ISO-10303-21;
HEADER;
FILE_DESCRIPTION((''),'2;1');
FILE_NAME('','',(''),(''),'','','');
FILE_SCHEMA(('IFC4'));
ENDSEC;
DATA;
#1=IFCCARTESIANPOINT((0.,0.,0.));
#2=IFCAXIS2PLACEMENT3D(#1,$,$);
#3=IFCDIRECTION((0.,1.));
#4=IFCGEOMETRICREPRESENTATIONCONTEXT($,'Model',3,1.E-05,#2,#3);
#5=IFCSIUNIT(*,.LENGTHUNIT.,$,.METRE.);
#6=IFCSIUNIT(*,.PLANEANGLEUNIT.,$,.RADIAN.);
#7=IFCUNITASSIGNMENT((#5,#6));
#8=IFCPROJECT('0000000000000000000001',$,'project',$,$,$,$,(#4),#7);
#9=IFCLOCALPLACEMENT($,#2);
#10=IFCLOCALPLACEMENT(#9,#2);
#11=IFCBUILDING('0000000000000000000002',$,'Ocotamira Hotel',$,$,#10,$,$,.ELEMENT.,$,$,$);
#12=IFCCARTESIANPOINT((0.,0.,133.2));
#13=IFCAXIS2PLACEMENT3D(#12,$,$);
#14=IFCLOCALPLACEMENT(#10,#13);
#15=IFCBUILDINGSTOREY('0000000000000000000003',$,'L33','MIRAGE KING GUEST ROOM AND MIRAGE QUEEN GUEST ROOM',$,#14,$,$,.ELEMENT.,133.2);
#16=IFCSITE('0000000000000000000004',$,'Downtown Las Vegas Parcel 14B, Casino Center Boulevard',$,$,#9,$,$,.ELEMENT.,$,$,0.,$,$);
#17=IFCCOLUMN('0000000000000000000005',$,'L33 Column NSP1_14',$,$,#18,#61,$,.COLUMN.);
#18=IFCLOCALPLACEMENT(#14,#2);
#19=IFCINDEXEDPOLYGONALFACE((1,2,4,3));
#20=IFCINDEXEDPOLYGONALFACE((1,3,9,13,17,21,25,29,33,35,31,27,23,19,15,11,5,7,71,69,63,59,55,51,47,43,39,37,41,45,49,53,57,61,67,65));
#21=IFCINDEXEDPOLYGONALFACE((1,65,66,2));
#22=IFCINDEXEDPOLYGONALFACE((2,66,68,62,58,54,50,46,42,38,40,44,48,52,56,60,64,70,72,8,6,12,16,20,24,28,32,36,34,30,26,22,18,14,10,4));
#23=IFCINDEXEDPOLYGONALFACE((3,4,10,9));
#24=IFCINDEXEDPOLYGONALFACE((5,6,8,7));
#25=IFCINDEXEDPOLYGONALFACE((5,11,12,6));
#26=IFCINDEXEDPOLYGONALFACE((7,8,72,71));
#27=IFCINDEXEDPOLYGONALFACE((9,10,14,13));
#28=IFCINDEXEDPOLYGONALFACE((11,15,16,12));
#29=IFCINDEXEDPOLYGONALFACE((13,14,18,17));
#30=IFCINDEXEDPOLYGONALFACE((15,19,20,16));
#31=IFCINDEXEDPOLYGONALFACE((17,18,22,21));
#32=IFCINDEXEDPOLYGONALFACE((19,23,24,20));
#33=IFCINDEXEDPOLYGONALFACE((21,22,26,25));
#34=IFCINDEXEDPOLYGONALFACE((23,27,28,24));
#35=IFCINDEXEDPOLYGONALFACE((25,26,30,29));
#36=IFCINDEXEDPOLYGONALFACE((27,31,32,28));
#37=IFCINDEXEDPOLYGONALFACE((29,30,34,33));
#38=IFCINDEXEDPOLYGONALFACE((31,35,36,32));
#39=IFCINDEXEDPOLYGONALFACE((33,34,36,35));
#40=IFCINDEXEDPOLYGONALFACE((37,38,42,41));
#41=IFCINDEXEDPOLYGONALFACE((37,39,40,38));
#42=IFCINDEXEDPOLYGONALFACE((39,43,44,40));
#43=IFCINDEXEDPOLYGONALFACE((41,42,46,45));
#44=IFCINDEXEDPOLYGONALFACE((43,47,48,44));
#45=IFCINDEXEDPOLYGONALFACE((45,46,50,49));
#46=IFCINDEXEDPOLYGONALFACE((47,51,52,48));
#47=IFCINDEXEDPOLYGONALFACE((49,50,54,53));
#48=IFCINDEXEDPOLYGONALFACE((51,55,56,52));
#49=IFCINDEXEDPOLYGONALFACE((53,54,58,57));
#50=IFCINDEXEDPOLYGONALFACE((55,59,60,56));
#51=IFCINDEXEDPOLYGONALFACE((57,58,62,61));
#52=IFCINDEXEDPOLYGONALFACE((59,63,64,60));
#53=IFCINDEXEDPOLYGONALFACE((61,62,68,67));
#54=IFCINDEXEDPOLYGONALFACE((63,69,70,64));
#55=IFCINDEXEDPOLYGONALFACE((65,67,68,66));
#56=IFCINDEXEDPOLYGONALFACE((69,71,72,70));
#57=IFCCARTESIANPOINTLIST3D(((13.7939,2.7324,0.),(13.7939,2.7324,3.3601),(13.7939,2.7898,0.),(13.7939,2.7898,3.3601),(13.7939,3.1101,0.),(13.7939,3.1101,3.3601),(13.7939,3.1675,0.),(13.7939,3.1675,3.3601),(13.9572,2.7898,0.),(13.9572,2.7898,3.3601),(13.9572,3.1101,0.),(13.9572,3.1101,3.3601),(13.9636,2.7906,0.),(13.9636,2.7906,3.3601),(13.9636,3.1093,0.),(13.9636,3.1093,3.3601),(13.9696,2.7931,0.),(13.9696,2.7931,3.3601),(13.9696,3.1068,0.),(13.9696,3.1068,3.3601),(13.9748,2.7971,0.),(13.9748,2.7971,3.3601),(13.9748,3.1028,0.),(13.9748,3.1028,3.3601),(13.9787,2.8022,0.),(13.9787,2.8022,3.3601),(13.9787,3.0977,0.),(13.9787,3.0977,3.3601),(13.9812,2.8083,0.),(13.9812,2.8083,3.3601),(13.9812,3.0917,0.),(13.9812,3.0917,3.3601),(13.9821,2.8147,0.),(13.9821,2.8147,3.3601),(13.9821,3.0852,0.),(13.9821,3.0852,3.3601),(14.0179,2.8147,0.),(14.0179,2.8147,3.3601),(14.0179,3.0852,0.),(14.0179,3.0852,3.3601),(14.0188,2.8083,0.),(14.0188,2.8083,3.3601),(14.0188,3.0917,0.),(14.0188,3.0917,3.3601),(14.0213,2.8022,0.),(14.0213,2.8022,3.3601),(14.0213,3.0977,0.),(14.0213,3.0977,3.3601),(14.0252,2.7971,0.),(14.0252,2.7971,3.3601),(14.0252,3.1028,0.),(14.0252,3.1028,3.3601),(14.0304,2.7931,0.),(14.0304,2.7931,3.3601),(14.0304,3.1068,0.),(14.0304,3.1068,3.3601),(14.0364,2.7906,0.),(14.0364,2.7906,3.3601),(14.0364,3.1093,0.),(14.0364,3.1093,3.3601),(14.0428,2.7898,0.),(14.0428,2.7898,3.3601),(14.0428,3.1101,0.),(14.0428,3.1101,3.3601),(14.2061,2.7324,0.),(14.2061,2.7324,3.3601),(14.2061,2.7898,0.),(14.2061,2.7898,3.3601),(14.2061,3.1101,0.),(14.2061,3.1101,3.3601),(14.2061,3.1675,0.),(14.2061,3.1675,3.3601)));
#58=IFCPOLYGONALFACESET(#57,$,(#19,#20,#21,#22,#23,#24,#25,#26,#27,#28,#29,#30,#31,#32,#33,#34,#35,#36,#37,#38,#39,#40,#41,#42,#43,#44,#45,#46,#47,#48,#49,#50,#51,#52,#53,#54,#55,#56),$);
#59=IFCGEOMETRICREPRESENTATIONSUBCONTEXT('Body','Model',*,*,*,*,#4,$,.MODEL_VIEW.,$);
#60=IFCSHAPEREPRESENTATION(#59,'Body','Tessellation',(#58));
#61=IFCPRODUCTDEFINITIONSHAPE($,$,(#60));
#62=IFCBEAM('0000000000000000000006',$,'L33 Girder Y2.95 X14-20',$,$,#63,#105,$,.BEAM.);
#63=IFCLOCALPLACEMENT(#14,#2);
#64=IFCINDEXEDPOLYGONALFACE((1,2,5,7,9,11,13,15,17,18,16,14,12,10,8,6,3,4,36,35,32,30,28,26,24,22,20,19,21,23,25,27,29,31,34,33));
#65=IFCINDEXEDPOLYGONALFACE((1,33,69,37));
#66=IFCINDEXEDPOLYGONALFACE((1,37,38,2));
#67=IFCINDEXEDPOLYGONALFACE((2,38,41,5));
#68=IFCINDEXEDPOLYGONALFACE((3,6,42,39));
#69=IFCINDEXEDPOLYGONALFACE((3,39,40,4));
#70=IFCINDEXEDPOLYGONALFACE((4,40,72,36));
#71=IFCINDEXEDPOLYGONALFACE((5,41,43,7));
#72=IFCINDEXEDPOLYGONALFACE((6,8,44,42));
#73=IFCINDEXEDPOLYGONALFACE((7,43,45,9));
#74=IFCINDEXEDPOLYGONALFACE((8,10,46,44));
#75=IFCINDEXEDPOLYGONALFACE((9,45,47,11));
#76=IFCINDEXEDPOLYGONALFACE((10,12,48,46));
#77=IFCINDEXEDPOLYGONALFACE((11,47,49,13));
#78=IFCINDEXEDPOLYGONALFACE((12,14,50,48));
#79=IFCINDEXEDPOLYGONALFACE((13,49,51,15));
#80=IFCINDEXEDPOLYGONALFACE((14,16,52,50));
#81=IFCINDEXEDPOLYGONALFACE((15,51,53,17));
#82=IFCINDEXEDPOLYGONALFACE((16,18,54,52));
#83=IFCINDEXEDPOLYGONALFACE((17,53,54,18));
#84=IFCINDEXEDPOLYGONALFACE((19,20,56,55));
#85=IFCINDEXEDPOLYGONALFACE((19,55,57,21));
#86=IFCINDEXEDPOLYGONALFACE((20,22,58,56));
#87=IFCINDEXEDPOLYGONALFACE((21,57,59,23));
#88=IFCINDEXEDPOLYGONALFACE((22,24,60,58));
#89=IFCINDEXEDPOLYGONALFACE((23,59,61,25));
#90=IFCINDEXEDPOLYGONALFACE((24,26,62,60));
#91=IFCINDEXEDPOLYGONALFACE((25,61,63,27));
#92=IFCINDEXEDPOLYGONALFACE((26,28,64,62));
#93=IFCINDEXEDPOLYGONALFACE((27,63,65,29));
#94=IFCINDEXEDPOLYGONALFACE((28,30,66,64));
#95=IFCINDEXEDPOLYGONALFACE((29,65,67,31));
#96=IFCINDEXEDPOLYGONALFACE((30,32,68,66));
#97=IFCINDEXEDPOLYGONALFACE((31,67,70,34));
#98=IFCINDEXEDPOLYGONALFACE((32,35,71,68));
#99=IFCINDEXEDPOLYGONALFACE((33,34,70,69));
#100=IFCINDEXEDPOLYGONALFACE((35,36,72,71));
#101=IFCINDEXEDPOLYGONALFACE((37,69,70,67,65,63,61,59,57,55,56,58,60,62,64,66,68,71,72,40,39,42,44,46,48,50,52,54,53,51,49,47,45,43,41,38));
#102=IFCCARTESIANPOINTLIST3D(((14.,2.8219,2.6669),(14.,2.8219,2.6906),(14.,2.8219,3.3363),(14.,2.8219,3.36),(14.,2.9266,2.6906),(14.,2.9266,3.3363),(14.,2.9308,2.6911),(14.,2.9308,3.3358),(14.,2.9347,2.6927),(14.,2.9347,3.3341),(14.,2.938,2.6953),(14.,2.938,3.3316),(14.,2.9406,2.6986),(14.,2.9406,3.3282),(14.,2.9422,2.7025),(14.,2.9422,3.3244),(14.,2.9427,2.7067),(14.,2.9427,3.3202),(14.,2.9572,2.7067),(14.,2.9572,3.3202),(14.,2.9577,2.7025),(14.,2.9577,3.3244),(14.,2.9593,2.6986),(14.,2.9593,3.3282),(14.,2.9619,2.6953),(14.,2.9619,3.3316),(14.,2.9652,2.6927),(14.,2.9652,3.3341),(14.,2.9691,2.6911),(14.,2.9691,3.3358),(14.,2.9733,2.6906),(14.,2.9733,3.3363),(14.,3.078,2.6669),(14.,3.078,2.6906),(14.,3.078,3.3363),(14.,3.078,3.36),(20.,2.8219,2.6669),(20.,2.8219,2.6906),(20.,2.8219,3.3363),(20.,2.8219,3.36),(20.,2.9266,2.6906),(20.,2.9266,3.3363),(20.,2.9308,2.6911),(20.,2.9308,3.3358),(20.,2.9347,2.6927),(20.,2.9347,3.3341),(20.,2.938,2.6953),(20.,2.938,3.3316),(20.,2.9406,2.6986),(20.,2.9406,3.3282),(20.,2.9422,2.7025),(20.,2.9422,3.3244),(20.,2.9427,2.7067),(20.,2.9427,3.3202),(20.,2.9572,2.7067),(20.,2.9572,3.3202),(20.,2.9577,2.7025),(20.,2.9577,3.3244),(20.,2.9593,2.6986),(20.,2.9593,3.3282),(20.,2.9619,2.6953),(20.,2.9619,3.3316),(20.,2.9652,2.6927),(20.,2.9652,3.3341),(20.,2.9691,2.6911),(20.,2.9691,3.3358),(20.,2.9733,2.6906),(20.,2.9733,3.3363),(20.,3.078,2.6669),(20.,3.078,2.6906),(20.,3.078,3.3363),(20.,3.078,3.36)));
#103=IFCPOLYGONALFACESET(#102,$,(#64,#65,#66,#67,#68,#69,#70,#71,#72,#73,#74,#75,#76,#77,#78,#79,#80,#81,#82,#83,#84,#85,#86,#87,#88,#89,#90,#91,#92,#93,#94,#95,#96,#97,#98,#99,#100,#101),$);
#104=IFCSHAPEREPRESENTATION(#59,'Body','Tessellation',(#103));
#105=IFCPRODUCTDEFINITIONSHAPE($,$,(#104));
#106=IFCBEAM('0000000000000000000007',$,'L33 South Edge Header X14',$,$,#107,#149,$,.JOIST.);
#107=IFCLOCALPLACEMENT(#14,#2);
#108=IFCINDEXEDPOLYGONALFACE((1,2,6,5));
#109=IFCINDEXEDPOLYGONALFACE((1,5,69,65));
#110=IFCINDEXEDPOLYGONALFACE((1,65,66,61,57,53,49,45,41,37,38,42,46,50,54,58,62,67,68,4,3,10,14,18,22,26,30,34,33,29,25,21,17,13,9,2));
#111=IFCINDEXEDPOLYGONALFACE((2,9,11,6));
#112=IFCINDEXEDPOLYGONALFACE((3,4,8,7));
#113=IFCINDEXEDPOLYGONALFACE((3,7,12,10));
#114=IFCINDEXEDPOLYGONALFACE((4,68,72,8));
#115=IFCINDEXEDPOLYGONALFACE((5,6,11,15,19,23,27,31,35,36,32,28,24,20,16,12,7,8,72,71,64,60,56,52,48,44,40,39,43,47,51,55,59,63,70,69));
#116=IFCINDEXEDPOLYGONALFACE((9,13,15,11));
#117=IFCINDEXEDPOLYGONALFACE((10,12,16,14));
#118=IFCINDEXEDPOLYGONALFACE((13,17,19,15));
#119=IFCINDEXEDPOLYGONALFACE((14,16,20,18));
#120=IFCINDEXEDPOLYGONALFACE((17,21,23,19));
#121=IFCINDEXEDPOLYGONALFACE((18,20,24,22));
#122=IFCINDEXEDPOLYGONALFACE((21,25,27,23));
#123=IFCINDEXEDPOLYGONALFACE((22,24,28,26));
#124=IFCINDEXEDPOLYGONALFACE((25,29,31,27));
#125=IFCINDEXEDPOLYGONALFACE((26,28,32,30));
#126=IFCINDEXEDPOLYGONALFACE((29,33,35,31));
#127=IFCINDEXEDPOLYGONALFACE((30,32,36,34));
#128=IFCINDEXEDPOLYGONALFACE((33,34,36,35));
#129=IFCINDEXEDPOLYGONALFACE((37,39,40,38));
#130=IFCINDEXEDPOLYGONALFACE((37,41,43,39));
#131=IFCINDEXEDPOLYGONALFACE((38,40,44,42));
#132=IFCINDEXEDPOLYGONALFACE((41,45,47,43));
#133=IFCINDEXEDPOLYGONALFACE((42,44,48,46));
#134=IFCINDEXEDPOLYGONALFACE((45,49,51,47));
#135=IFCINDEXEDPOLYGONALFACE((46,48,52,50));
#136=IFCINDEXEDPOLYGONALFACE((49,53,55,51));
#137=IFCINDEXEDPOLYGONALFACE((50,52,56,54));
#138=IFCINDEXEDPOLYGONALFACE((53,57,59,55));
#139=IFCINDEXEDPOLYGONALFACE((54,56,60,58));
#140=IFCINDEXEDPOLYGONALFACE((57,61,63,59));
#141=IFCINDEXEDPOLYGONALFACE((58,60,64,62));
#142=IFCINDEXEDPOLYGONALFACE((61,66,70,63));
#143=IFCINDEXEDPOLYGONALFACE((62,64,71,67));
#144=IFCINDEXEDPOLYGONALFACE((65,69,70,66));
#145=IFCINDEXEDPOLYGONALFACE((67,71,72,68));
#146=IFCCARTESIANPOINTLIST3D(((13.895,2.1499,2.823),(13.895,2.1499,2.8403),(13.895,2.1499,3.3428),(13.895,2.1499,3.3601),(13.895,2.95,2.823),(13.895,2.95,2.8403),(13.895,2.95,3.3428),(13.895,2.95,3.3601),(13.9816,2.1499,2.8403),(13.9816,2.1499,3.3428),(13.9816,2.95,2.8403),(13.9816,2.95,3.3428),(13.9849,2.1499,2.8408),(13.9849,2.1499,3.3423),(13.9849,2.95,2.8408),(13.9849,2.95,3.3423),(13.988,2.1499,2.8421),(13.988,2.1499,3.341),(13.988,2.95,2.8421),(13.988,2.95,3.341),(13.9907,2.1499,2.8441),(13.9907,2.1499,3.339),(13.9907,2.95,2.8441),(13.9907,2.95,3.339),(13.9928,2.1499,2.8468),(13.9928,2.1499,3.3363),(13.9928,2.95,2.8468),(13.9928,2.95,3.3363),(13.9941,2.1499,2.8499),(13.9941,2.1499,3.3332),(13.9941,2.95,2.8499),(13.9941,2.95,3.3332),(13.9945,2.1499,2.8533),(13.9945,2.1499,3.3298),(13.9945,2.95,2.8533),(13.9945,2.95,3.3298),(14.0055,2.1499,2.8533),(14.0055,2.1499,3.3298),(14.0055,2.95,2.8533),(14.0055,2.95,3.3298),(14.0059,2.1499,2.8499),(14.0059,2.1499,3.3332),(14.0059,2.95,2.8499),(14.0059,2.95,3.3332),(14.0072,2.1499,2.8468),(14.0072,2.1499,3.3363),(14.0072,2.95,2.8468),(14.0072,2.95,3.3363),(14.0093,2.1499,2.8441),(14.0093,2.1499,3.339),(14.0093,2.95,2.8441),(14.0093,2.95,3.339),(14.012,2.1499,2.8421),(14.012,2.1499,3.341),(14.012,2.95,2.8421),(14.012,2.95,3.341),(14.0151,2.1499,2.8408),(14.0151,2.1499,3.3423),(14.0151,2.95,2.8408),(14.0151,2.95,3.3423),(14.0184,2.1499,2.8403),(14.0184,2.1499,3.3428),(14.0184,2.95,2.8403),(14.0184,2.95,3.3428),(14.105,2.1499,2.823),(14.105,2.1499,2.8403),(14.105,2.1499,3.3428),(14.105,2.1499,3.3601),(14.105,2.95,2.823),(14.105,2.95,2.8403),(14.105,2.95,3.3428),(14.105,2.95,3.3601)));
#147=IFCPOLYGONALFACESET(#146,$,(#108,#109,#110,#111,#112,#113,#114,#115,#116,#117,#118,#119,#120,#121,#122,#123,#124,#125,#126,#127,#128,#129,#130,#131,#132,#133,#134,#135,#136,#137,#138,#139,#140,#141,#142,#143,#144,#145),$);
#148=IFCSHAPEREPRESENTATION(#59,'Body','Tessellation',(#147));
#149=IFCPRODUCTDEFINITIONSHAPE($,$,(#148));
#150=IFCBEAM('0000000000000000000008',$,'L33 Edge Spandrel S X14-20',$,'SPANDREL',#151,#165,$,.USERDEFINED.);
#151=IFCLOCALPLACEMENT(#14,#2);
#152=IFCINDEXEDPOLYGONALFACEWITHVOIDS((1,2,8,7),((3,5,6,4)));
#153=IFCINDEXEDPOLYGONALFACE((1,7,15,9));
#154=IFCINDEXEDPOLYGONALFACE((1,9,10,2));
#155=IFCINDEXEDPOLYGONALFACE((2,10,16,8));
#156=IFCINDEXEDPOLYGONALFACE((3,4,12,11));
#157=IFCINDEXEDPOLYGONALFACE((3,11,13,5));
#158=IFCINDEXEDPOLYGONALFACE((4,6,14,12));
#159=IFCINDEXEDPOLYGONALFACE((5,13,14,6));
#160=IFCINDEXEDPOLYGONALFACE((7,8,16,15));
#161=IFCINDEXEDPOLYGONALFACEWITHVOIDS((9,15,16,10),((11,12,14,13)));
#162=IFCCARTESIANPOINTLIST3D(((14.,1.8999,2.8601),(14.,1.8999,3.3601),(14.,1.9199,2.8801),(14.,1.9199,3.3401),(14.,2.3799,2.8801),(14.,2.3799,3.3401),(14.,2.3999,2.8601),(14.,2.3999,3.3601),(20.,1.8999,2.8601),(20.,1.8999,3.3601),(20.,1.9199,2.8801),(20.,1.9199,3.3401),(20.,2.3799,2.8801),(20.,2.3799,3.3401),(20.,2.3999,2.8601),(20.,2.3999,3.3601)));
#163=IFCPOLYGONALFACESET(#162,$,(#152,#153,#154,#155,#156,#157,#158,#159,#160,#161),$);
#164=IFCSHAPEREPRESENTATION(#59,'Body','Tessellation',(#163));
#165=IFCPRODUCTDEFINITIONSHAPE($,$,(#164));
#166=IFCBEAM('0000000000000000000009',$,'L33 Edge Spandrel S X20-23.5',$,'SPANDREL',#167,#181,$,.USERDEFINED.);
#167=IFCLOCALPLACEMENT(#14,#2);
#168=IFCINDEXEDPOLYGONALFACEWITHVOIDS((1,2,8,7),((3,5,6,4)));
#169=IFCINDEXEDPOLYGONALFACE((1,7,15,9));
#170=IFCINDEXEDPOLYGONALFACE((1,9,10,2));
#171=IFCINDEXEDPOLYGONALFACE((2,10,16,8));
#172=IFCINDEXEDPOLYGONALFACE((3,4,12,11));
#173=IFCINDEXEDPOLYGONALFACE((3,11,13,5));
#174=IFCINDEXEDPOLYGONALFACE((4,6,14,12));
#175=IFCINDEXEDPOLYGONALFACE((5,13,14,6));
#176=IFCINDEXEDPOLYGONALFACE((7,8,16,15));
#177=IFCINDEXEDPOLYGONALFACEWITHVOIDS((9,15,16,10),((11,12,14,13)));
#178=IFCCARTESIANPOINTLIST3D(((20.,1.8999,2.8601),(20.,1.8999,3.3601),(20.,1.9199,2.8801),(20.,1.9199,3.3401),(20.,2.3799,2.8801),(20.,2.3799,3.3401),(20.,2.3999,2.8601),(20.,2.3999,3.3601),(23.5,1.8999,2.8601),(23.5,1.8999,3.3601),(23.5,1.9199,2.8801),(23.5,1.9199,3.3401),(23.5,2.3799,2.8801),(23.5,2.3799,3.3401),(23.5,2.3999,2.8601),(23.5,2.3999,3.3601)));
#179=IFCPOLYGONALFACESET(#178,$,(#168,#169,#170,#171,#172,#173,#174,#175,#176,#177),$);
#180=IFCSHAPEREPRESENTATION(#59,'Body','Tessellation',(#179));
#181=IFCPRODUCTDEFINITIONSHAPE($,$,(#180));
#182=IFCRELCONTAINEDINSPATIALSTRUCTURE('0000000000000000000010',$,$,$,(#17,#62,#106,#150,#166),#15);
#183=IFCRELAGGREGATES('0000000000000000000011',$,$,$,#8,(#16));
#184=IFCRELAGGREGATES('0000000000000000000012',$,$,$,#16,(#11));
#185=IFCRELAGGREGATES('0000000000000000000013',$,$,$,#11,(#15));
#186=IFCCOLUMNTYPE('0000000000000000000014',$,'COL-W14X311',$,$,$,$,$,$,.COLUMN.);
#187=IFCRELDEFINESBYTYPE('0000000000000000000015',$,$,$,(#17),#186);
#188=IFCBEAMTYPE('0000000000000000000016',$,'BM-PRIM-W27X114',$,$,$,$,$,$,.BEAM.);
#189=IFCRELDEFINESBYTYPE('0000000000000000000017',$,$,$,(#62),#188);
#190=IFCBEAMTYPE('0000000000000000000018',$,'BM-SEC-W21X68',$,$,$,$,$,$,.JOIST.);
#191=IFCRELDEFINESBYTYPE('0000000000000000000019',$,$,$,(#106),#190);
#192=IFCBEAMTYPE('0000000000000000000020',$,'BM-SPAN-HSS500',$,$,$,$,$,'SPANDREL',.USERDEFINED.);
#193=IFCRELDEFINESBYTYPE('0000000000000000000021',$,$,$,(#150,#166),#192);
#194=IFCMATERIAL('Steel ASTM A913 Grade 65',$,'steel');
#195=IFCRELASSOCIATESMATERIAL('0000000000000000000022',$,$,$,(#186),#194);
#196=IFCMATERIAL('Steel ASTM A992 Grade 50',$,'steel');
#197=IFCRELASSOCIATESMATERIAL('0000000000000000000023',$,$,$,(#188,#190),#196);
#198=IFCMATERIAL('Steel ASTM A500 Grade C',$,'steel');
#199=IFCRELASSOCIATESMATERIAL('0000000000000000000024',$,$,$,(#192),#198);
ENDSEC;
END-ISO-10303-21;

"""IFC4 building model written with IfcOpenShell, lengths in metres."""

from ifc_helpers import new_model, si_unit, direction, frame, origin, origin_2d, place, context, subcontext, project, spatial, hollow_rectangle, i_section, extrude, source, transform, mapped, material, material_profile, profile_set, type_object, element, save


model = new_model("IFC4")

# Units and contexts
model_context = context("Model", 3, precision=1e-05, world=origin(), true_north=direction((0.0, 1.0)))
body_context = subcontext(model_context, "Body", "Model", "MODEL_VIEW")
ifc_project = project(units=[si_unit("LENGTHUNIT", "METRE"), si_unit("PLANEANGLEUNIT", "RADIAN")], contexts=[model_context])

# Site, building, storey
site_placement = place(None, origin())
site = spatial("IfcSite", under=ifc_project, at=site_placement, Name="Downtown Las Vegas Parcel 14B, Casino Center Boulevard", CompositionType="ELEMENT", RefElevation=0.0)
building_placement = place(site_placement, origin())
building = spatial("IfcBuilding", under=site, at=building_placement, Name="Ocotamira Hotel", CompositionType="ELEMENT")
storey_placement = place(building_placement, frame((0.0, 0.0, 133.2)))
storey = spatial("IfcBuildingStorey", under=building, at=storey_placement, Name="L33", Description="MIRAGE KING GUEST ROOM AND MIRAGE QUEEN GUEST ROOM", CompositionType="ELEMENT", Elevation=133.2)

# Column
ifc_material_1 = material(Name="Steel ASTM A913 Grade 65", Category="steel")
ifc_material_profile_1 = material_profile(ifc_material_1, i_section(OverallWidth=0.4121, OverallDepth=0.4351, WebThickness=0.0359, FlangeThickness=0.0574, FilletRadius=0.0249, at=origin_2d()), Name="W14X311")
ifc_profile_set_1 = profile_set([ifc_material_profile_1], Name="Steel ASTM A913 Grade 65")
column_type = type_object("IfcColumnType", Name="COL-W14X311", PredefinedType="COLUMN", material=ifc_profile_set_1)
shared_shape_1 = source(origin(), body_context, "Body", "SweptSolid", [
    extrude(i_section(OverallWidth=0.4121, OverallDepth=0.4351, WebThickness=0.0359, FlangeThickness=0.0574, FilletRadius=0.0249, at=origin_2d()), origin(), (0.0, 0.0, 1.0), 3.3601),
])
column_placement = place(storey_placement, frame((14.0, 2.95, 0.0), z_axis=(0.0, 0.0, 1.0), x_axis=(1.0, 0.0, 0.0)))
element("IfcColumn", 1, at=column_placement, inside=storey, type_object=column_type, Name="L33 Column NSP1_14", PredefinedType="COLUMN", context=body_context, shape_type="MappedRepresentation", body=[
    mapped(shared_shape_1, transform((0.0, 0.0, 0.0), scale=1.0)),
])

# Beams
ifc_material_2 = material(Name="Steel ASTM A992 Grade 50", Category="steel")
ifc_material_profile_2 = material_profile(ifc_material_2, i_section(OverallWidth=0.2561, OverallDepth=0.6931, WebThickness=0.0144, FlangeThickness=0.0237, FilletRadius=0.0161, at=origin_2d()), Name="W27X114")
ifc_profile_set_2 = profile_set([ifc_material_profile_2], Name="Steel ASTM A992 Grade 50")
beam_type_1 = type_object("IfcBeamType", Name="BM-PRIM-W27X114", PredefinedType="BEAM", material=ifc_profile_set_2)
shared_shape_2 = source(origin(), body_context, "Body", "SweptSolid", [
    extrude(i_section(OverallWidth=0.2561, OverallDepth=0.6931, WebThickness=0.0144, FlangeThickness=0.0237, FilletRadius=0.0161, at=origin_2d()), origin(), (0.0, 0.0, 1.0), 6.0),
])
beam_1_placement = place(storey_placement, frame((14.0, 2.95, 3.0134), z_axis=(1.0, 0.0, 0.0), x_axis=(0.0, 1.0, 0.0)))
element("IfcBeam", 2, at=beam_1_placement, inside=storey, type_object=beam_type_1, Name="L33 Girder Y2.95 X14-20", PredefinedType="BEAM", context=body_context, shape_type="MappedRepresentation", body=[
    mapped(shared_shape_2, transform((0.0, 0.0, 0.0), scale=1.0)),
])
ifc_material_profile_3 = material_profile(ifc_material_2, i_section(OverallWidth=0.21, OverallDepth=0.5371, WebThickness=0.011, FlangeThickness=0.0173, FilletRadius=0.0129, at=origin_2d()), Name="W21X68")
ifc_profile_set_3 = profile_set([ifc_material_profile_3], Name="Steel ASTM A992 Grade 50")
beam_type_2 = type_object("IfcBeamType", Name="BM-SEC-W21X68", PredefinedType="JOIST", material=ifc_profile_set_3)
shared_shape_3 = source(origin(), body_context, "Body", "SweptSolid", [
    extrude(i_section(OverallWidth=0.21, OverallDepth=0.5371, WebThickness=0.011, FlangeThickness=0.0173, FilletRadius=0.0129, at=origin_2d()), origin(), (0.0, 0.0, 1.0), 0.8),
])
beam_2_placement = place(storey_placement, frame((14.0, 2.95, 3.0916), z_axis=(0.0, -1.0, 0.0), x_axis=(1.0, 0.0, 0.0)))
element("IfcBeam", 3, at=beam_2_placement, inside=storey, type_object=beam_type_2, Name="L33 South Edge Header X14", PredefinedType="JOIST", context=body_context, shape_type="MappedRepresentation", body=[
    mapped(shared_shape_3, transform((0.0, 0.0, 0.0), scale=1.0)),
])
ifc_material_3 = material(Name="Steel ASTM A500 Grade C", Category="steel")
ifc_material_profile_4 = material_profile(ifc_material_3, hollow_rectangle(XDim=0.5, YDim=0.5, WallThickness=0.02, at=origin_2d()), Name="HSS500X500X20")
ifc_profile_set_4 = profile_set([ifc_material_profile_4], Name="Steel ASTM A500 Grade C")
beam_type_3 = type_object("IfcBeamType", Name="BM-SPAN-HSS500", ElementType="SPANDREL", PredefinedType="USERDEFINED", material=ifc_profile_set_4)
shared_shape_4 = source(origin(), body_context, "Body", "SweptSolid", [
    extrude(hollow_rectangle(XDim=0.5, YDim=0.5, WallThickness=0.02, at=origin_2d()), origin(), (0.0, 0.0, 1.0), 6.0),
])
beam_3_placement = place(storey_placement, frame((14.0, 2.1499, 3.1101), z_axis=(1.0, 0.0, 0.0), x_axis=(0.0, 1.0, 0.0)))
element("IfcBeam", 4, at=beam_3_placement, inside=storey, type_object=beam_type_3, Name="L33 Edge Spandrel S X14-20", ObjectType="SPANDREL", PredefinedType="USERDEFINED", context=body_context, shape_type="MappedRepresentation", body=[
    mapped(shared_shape_4, transform((0.0, 0.0, 0.0), scale=1.0)),
])
shared_shape_5 = source(origin(), body_context, "Body", "SweptSolid", [
    extrude(hollow_rectangle(XDim=0.5, YDim=0.5, WallThickness=0.02, at=origin_2d()), origin(), (0.0, 0.0, 1.0), 3.5),
])
beam_4_placement = place(storey_placement, frame((20.0, 2.1499, 3.1101), z_axis=(1.0, 0.0, 0.0), x_axis=(0.0, 1.0, 0.0)))
element("IfcBeam", 5, at=beam_4_placement, inside=storey, type_object=beam_type_3, Name="L33 Edge Spandrel S X20-23.5", ObjectType="SPANDREL", PredefinedType="USERDEFINED", context=body_context, shape_type="MappedRepresentation", body=[
    mapped(shared_shape_5, transform((0.0, 0.0, 0.0), scale=1.0)),
])

save(model, "model.ifc")
